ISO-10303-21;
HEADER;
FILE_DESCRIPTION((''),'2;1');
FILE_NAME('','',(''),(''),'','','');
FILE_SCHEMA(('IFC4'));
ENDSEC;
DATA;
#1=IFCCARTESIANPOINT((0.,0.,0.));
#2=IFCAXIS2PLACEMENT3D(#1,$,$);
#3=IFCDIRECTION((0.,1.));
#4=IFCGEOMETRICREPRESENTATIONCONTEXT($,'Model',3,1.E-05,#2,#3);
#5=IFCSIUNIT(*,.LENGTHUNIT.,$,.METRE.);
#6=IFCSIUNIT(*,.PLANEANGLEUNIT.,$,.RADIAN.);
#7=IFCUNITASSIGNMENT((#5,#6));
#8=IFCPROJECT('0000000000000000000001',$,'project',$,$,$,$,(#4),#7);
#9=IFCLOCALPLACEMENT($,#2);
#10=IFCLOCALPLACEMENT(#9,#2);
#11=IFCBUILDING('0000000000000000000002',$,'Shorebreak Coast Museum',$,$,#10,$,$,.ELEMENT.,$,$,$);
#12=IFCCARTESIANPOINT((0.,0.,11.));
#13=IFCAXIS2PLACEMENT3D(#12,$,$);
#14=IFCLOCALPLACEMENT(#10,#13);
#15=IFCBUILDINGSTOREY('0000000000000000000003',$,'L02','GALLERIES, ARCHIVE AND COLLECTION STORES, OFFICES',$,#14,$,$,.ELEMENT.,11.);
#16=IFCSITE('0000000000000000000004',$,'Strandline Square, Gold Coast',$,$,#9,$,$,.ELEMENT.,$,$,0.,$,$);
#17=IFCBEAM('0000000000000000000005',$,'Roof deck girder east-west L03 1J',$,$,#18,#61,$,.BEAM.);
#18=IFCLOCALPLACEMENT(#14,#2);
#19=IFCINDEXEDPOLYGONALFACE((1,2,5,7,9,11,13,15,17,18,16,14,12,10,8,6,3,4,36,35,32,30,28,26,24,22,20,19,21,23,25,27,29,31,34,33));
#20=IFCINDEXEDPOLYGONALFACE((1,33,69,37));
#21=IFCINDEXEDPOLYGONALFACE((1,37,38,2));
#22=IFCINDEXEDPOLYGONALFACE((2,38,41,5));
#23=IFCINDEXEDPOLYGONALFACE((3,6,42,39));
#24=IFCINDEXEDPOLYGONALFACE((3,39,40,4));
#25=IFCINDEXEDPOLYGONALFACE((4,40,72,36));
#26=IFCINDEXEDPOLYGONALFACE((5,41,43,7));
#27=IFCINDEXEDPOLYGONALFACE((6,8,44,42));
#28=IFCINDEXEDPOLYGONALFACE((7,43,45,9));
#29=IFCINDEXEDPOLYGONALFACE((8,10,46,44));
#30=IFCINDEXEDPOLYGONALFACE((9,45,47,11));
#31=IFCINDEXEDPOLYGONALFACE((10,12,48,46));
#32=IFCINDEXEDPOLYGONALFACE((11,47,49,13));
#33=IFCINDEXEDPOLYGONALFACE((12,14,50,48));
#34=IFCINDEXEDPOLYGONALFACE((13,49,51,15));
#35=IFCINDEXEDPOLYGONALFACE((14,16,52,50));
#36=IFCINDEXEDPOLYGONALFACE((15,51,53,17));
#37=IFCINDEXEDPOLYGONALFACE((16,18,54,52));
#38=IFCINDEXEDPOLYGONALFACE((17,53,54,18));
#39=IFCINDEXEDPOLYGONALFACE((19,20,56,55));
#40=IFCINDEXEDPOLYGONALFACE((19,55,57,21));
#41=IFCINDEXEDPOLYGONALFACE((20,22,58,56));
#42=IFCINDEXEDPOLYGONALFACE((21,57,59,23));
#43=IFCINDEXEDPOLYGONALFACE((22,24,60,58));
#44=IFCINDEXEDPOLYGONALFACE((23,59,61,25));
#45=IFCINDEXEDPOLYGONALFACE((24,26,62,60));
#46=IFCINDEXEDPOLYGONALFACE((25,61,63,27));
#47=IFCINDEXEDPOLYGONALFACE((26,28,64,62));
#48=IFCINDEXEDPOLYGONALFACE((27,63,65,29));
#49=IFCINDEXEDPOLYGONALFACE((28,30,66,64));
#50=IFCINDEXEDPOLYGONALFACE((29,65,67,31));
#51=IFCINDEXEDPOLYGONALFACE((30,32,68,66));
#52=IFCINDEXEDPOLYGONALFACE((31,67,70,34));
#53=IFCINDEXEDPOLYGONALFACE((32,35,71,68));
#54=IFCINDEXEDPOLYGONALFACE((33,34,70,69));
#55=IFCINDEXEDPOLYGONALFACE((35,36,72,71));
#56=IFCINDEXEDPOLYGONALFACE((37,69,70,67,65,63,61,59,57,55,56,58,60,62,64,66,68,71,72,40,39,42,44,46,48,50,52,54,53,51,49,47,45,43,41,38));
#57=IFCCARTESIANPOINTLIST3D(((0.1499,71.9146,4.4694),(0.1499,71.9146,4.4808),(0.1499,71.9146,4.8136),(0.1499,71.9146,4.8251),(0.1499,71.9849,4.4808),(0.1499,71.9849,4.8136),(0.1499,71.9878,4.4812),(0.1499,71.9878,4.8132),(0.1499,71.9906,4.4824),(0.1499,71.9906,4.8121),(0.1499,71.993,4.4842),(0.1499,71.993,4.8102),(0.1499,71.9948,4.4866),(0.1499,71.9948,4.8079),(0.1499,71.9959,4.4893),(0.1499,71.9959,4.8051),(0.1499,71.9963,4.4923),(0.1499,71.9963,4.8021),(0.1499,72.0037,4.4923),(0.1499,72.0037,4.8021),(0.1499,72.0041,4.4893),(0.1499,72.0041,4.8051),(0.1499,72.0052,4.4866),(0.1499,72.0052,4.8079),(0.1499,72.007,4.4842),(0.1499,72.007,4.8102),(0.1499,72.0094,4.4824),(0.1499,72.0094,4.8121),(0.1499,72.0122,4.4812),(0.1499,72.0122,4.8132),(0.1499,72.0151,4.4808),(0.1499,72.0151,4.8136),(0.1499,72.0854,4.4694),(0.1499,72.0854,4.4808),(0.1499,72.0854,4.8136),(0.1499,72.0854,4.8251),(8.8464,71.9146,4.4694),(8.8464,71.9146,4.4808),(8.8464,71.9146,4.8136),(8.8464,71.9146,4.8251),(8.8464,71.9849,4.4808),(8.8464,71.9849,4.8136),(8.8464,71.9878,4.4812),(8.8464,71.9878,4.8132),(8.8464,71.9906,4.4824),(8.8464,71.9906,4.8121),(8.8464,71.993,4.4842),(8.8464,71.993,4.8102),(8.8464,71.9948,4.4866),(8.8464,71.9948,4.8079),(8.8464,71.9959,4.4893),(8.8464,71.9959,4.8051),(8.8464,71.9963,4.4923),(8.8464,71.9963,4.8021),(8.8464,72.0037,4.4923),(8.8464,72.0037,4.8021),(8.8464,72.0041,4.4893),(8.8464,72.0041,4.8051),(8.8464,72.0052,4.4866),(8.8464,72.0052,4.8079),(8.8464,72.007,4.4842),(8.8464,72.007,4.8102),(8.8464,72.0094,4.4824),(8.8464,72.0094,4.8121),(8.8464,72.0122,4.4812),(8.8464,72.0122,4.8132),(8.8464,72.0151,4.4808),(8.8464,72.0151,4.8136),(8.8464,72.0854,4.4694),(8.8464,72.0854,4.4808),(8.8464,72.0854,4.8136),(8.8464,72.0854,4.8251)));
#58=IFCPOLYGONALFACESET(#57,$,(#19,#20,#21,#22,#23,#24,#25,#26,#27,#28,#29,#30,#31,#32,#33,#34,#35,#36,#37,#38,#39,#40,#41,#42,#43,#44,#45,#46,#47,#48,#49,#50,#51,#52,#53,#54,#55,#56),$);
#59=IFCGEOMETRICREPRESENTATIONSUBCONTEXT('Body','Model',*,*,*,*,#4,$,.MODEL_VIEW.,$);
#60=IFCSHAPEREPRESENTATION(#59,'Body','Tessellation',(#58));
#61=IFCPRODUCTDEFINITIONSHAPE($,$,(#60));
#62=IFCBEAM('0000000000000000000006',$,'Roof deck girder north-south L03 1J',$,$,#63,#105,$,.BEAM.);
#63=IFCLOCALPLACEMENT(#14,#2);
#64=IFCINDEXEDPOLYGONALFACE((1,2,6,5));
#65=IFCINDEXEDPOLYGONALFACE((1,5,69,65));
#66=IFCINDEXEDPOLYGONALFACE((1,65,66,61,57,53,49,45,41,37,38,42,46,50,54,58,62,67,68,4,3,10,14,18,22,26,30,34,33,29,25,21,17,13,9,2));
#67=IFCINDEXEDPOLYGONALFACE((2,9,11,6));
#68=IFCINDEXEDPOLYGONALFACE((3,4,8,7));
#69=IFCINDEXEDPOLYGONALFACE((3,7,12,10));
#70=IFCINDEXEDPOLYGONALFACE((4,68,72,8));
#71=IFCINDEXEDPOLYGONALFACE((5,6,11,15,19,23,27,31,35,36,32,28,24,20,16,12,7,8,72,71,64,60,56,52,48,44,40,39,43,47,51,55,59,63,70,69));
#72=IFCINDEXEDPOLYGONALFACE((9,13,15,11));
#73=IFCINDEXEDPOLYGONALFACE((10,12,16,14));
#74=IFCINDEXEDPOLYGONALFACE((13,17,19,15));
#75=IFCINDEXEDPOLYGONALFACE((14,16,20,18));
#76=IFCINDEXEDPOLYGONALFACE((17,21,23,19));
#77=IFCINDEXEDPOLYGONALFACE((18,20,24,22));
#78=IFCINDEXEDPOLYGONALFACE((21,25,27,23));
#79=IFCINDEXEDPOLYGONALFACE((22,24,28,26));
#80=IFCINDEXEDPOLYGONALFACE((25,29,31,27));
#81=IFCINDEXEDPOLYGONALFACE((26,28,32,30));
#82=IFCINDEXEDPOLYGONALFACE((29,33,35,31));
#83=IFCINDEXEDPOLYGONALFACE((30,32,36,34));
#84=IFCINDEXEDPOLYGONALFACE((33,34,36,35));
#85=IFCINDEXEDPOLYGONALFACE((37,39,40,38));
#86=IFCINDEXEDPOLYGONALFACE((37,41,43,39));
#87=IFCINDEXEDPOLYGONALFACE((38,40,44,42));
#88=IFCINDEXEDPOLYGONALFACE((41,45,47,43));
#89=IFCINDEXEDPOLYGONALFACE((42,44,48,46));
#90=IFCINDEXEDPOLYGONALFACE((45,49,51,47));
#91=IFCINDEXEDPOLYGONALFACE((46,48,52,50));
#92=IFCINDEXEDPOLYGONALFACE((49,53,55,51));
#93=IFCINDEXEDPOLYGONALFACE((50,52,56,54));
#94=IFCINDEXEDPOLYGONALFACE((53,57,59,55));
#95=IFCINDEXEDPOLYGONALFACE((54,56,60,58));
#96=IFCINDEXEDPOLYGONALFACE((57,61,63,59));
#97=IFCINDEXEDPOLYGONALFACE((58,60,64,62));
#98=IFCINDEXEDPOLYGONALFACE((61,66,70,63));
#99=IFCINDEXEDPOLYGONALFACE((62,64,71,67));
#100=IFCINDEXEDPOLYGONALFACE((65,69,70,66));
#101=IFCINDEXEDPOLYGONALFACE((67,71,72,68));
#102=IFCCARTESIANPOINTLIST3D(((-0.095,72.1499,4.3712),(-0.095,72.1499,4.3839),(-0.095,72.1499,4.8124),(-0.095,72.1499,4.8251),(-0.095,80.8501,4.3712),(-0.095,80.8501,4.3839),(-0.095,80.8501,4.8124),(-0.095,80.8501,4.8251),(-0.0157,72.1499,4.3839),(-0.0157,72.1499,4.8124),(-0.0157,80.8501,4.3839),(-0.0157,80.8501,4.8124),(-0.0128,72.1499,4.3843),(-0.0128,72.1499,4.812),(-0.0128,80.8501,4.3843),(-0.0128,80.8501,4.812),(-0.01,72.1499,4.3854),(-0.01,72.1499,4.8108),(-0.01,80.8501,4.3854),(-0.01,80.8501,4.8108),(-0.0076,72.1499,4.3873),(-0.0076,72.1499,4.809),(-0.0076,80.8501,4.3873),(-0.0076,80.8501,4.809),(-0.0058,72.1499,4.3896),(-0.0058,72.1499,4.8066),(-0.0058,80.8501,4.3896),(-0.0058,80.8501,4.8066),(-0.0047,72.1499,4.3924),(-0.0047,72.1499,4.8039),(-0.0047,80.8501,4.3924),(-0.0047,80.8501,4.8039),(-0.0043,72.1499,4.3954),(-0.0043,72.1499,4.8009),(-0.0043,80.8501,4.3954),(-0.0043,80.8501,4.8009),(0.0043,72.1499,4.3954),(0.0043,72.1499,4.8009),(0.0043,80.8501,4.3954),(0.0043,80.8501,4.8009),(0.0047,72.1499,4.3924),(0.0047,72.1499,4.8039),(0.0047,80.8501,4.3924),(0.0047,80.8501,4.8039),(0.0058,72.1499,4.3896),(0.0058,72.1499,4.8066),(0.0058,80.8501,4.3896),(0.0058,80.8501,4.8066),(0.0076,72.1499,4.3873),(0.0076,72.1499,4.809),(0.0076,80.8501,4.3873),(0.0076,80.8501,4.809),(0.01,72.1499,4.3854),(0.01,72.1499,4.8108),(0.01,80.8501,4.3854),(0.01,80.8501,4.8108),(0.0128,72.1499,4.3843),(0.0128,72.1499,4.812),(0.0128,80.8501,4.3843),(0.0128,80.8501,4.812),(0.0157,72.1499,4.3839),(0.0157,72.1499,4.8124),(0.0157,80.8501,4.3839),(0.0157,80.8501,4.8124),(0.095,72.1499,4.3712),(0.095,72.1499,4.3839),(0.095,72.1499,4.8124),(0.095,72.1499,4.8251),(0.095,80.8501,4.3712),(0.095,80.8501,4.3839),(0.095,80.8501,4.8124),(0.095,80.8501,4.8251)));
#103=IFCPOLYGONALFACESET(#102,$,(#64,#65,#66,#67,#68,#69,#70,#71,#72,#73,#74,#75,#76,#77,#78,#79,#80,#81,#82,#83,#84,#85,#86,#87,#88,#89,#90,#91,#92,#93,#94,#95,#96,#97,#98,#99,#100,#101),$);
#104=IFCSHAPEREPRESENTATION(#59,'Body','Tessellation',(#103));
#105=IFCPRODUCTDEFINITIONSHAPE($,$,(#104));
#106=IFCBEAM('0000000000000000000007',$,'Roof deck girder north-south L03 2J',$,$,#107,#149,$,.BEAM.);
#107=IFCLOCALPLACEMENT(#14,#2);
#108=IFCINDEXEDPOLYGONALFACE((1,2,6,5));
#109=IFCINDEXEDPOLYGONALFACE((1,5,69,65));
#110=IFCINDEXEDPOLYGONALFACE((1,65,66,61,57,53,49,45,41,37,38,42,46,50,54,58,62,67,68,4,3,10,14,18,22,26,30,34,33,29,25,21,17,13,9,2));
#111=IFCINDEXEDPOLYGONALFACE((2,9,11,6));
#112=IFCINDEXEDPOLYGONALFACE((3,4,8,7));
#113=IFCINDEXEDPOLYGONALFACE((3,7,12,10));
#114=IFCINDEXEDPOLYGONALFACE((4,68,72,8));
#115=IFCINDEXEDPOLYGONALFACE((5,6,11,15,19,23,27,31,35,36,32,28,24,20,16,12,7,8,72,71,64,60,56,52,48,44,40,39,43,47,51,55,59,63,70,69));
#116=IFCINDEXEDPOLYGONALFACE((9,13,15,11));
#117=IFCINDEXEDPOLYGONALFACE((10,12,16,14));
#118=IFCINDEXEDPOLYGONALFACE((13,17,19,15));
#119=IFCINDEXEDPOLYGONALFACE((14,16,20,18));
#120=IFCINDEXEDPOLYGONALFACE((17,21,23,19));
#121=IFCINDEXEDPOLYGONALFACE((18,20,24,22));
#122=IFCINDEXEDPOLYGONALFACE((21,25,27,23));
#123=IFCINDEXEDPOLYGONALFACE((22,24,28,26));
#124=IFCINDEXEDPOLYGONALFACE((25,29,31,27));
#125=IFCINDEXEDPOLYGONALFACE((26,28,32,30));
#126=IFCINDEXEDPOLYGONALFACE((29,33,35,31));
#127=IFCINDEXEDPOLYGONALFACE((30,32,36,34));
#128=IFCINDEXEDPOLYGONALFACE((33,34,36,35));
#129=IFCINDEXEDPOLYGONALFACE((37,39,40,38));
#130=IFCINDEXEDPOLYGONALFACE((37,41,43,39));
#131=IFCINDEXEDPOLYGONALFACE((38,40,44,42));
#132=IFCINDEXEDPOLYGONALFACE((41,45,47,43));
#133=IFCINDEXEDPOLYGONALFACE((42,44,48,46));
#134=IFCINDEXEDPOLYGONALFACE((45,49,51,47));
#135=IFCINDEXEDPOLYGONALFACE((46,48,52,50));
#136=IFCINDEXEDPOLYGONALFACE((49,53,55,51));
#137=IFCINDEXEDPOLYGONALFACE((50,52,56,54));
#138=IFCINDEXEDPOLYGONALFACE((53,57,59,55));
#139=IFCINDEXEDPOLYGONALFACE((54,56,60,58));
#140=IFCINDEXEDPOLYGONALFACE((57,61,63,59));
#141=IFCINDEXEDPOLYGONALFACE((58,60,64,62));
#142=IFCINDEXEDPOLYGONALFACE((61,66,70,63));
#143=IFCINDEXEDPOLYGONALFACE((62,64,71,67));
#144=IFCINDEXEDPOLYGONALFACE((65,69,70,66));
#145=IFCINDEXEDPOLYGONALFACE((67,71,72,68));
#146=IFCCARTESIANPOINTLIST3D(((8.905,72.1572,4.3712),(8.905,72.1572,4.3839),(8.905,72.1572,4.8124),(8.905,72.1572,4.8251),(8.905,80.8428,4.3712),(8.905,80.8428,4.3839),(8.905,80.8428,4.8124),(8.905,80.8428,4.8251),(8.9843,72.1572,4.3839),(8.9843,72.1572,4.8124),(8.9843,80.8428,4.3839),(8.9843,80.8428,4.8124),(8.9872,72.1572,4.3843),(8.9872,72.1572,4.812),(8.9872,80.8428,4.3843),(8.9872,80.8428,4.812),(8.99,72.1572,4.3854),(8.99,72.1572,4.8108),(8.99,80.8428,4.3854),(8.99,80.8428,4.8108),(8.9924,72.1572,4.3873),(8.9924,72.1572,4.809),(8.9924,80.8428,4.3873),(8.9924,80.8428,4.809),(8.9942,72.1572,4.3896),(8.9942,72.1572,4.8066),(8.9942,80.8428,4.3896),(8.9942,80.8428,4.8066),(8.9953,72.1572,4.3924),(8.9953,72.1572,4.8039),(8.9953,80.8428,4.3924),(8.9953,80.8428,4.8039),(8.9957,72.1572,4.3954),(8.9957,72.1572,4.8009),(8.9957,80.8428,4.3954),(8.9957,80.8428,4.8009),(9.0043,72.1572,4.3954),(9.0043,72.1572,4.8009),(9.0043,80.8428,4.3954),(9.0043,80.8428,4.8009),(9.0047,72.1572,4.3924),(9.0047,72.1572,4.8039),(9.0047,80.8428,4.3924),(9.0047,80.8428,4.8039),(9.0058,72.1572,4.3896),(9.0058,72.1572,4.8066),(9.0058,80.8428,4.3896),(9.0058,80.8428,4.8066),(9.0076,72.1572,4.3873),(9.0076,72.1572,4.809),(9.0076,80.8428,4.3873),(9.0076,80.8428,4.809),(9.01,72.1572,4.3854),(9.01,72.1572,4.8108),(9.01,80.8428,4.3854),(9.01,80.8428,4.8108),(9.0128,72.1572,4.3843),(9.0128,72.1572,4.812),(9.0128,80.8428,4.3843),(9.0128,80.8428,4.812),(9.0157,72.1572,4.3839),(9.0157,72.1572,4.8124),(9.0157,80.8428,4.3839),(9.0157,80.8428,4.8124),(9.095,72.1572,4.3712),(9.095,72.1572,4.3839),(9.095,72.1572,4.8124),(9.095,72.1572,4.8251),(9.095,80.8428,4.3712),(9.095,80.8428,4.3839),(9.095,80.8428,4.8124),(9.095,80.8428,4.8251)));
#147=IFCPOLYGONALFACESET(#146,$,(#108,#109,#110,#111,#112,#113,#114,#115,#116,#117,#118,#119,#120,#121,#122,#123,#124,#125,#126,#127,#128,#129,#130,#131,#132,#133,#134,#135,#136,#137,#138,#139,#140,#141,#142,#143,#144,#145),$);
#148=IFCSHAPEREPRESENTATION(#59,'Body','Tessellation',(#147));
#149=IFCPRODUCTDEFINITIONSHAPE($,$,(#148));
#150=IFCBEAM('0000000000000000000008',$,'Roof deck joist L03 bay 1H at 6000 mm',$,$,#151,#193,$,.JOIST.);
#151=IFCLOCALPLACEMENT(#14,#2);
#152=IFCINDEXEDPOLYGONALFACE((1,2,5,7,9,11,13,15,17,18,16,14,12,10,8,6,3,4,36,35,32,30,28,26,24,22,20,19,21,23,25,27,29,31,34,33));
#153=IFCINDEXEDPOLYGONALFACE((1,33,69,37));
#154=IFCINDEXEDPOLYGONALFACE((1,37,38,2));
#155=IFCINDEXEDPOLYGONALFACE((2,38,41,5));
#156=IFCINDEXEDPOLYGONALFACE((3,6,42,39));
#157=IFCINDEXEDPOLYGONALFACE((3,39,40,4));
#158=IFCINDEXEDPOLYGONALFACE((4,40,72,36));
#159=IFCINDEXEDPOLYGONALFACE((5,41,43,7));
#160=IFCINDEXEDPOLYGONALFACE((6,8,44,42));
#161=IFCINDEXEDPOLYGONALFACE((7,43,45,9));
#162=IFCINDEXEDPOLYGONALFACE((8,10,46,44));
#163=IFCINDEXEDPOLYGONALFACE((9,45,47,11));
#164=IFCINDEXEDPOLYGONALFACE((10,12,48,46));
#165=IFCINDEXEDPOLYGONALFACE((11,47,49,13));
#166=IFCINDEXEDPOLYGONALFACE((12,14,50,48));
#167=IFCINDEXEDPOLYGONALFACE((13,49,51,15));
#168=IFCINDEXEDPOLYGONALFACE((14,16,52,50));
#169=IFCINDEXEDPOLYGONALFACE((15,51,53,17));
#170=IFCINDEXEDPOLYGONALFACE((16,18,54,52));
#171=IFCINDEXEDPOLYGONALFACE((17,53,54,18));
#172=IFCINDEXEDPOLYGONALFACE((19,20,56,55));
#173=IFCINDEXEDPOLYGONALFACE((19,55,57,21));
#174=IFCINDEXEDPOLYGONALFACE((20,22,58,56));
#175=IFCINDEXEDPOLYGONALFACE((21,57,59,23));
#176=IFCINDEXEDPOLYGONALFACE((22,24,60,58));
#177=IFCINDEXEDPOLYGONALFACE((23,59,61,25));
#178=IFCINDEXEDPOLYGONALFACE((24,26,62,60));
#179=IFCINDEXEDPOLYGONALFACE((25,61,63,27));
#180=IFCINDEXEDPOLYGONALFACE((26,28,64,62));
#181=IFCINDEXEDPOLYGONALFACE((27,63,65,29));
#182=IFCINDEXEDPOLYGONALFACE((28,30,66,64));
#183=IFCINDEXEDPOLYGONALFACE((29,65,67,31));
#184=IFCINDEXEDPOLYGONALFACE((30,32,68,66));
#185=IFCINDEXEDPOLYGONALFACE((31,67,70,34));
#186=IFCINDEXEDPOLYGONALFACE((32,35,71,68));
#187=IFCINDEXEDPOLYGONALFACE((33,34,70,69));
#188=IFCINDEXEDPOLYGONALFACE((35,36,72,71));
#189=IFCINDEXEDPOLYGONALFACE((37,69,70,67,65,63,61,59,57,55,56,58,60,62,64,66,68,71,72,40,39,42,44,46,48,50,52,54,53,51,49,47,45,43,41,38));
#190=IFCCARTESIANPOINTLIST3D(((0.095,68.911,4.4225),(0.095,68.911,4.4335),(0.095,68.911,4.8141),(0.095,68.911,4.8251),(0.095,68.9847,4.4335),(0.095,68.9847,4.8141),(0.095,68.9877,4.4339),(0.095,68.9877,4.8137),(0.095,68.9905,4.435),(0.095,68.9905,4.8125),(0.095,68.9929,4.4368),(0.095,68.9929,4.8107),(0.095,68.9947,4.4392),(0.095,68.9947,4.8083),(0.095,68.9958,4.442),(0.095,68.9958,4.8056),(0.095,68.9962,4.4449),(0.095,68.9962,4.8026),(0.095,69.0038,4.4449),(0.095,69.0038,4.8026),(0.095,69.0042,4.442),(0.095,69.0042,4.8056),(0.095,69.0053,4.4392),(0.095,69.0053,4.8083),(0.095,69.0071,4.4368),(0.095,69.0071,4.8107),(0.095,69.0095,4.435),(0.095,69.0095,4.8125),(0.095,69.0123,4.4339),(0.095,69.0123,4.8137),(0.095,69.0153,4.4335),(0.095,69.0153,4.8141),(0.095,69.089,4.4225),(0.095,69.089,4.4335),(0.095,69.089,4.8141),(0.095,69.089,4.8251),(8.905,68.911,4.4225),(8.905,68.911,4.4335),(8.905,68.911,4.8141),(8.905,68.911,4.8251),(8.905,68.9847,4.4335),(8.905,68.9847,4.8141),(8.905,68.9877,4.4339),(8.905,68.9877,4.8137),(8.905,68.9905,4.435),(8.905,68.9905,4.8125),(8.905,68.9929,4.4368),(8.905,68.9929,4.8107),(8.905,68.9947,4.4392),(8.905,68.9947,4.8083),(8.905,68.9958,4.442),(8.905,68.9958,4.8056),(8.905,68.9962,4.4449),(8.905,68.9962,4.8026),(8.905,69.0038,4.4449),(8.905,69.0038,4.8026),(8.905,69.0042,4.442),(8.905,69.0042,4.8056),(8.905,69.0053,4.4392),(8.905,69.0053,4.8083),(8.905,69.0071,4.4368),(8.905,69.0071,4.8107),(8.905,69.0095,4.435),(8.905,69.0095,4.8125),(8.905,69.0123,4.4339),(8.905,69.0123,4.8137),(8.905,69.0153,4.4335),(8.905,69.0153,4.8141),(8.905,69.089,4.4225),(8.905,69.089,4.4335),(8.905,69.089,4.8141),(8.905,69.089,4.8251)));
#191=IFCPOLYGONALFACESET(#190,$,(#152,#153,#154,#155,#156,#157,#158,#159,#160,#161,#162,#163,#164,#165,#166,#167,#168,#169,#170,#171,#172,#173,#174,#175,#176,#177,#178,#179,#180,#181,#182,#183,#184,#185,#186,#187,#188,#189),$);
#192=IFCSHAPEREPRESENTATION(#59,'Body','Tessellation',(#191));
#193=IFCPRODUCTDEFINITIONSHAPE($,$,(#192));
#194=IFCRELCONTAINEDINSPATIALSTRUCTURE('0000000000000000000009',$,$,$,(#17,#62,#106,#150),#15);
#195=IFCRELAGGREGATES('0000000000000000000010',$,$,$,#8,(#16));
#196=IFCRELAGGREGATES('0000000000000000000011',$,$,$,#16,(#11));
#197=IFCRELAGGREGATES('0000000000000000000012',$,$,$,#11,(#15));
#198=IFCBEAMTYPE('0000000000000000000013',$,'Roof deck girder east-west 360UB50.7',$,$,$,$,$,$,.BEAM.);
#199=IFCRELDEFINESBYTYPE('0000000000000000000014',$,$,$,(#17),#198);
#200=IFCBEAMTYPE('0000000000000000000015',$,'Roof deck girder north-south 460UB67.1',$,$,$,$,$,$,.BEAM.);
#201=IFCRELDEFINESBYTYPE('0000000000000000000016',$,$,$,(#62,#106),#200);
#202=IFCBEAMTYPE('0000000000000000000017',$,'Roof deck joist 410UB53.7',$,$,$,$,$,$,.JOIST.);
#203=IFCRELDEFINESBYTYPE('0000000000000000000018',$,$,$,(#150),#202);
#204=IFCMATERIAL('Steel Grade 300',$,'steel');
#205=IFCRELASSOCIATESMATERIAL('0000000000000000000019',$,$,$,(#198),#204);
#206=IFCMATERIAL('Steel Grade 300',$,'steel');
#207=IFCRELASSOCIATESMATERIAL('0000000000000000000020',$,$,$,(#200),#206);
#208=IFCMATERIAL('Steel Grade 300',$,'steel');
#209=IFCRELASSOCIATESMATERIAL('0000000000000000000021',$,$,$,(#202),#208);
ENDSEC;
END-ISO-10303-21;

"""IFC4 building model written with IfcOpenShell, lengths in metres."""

from ifc_helpers import new_model, si_unit, direction, frame, origin, origin_2d, place, context, subcontext, project, spatial, i_section, extrude, material, material_profile, profile_set, type_object, element, save


model = new_model("IFC4")

# Units and contexts
model_context = context("Model", 3, precision=1e-05, world=origin(), true_north=direction((0.0, 1.0)))
body_context = subcontext(model_context, "Body", "Model", "MODEL_VIEW")
ifc_project = project(units=[si_unit("LENGTHUNIT", "METRE"), si_unit("PLANEANGLEUNIT", "RADIAN")], contexts=[model_context])

# Site, building, storey
site_placement = place(None, origin())
site = spatial("IfcSite", under=ifc_project, at=site_placement, Name="Strandline Square, Gold Coast", CompositionType="ELEMENT", RefElevation=0.0)
building_placement = place(site_placement, origin())
building = spatial("IfcBuilding", under=site, at=building_placement, Name="Shorebreak Coast Museum", CompositionType="ELEMENT")
storey_placement = place(building_placement, frame((0.0, 0.0, 11.0)))
storey = spatial("IfcBuildingStorey", under=building, at=storey_placement, Name="L02", Description="GALLERIES, ARCHIVE AND COLLECTION STORES, OFFICES", CompositionType="ELEMENT", Elevation=11.0)

# Beams
ifc_material_1 = material(Name="Steel Grade 300", Category="steel")
ifc_material_profile_1 = material_profile(ifc_material_1, i_section(OverallWidth=0.1709, OverallDepth=0.3557, WebThickness=0.0073, FlangeThickness=0.0115, FilletRadius=0.0115, at=origin_2d()), Name="360UB50.7")
ifc_profile_set_1 = profile_set([ifc_material_profile_1], Name="Steel Grade 300")
beam_type_1 = type_object("IfcBeamType", Name="Roof deck girder east-west 360UB50.7", PredefinedType="BEAM", material=ifc_profile_set_1)
beam_1_placement = place(storey_placement, frame((0.1499, 72.0, 4.6472), z_axis=(1.0, 0.0, 0.0), x_axis=(0.0, 1.0, 0.0)))
element("IfcBeam", 1, at=beam_1_placement, inside=storey, type_object=beam_type_1, Name="Roof deck girder east-west L03 1J", PredefinedType="BEAM", context=body_context, shape_type="SweptSolid", body=[
    extrude(i_section(OverallWidth=0.1709, OverallDepth=0.3557, WebThickness=0.0073, FlangeThickness=0.0115, FilletRadius=0.0115, at=origin_2d()), origin(), (0.0, 0.0, 1.0), 8.6965),
])
ifc_material_2 = material(Name="Steel Grade 300", Category="steel")
ifc_material_profile_2 = material_profile(ifc_material_2, i_section(OverallWidth=0.1899, OverallDepth=0.4539, WebThickness=0.0085, FlangeThickness=0.0127, FilletRadius=0.0115, at=origin_2d()), Name="460UB67.1")
ifc_profile_set_2 = profile_set([ifc_material_profile_2], Name="Steel Grade 300")
beam_type_2 = type_object("IfcBeamType", Name="Roof deck girder north-south 460UB67.1", PredefinedType="BEAM", material=ifc_profile_set_2)
beam_2_placement = place(storey_placement, frame((0.0, 72.1499, 4.5981), z_axis=(0.0, 1.0, 0.0), x_axis=(-1.0, 0.0, 0.0)))
element("IfcBeam", 2, at=beam_2_placement, inside=storey, type_object=beam_type_2, Name="Roof deck girder north-south L03 1J", PredefinedType="BEAM", context=body_context, shape_type="SweptSolid", body=[
    extrude(i_section(OverallWidth=0.1899, OverallDepth=0.4539, WebThickness=0.0085, FlangeThickness=0.0127, FilletRadius=0.0115, at=origin_2d()), origin(), (0.0, 0.0, 1.0), 8.7002),
])
beam_3_placement = place(storey_placement, frame((9.0, 72.1572, 4.5981), z_axis=(0.0, 1.0, 0.0), x_axis=(-1.0, 0.0, 0.0)))
element("IfcBeam", 3, at=beam_3_placement, inside=storey, type_object=beam_type_2, Name="Roof deck girder north-south L03 2J", PredefinedType="BEAM", context=body_context, shape_type="SweptSolid", body=[
    extrude(i_section(OverallWidth=0.1899, OverallDepth=0.4539, WebThickness=0.0085, FlangeThickness=0.0127, FilletRadius=0.0115, at=origin_2d()), origin(), (0.0, 0.0, 1.0), 8.6855),
])
ifc_material_3 = material(Name="Steel Grade 300", Category="steel")
ifc_material_profile_3 = material_profile(ifc_material_3, i_section(OverallWidth=0.178, OverallDepth=0.4026, WebThickness=0.0076, FlangeThickness=0.011, FilletRadius=0.0115, at=origin_2d()), Name="410UB53.7")
ifc_profile_set_3 = profile_set([ifc_material_profile_3], Name="Steel Grade 300")
beam_type_3 = type_object("IfcBeamType", Name="Roof deck joist 410UB53.7", PredefinedType="JOIST", material=ifc_profile_set_3)
for number, where, z_axis, x_axis, name in (
    (4, (0.095, 69.0, 4.6238), (1.0, 0.0, 0.0), (0.0, 1.0, 0.0), "Roof deck joist L03 bay 1H at 6000 mm"),
):
    element("IfcBeam", number, at=place(storey_placement, frame(where, z_axis=z_axis, x_axis=x_axis)), inside=storey, type_object=beam_type_3, Name=name, PredefinedType="JOIST", context=body_context, shape_type="SweptSolid", body=[
        extrude(i_section(OverallWidth=0.178, OverallDepth=0.4026, WebThickness=0.0076, FlangeThickness=0.011, FilletRadius=0.0115, at=origin_2d()), origin(), (0.0, 0.0, 1.0), 8.8101),
    ])

save(model, "model.ifc")
